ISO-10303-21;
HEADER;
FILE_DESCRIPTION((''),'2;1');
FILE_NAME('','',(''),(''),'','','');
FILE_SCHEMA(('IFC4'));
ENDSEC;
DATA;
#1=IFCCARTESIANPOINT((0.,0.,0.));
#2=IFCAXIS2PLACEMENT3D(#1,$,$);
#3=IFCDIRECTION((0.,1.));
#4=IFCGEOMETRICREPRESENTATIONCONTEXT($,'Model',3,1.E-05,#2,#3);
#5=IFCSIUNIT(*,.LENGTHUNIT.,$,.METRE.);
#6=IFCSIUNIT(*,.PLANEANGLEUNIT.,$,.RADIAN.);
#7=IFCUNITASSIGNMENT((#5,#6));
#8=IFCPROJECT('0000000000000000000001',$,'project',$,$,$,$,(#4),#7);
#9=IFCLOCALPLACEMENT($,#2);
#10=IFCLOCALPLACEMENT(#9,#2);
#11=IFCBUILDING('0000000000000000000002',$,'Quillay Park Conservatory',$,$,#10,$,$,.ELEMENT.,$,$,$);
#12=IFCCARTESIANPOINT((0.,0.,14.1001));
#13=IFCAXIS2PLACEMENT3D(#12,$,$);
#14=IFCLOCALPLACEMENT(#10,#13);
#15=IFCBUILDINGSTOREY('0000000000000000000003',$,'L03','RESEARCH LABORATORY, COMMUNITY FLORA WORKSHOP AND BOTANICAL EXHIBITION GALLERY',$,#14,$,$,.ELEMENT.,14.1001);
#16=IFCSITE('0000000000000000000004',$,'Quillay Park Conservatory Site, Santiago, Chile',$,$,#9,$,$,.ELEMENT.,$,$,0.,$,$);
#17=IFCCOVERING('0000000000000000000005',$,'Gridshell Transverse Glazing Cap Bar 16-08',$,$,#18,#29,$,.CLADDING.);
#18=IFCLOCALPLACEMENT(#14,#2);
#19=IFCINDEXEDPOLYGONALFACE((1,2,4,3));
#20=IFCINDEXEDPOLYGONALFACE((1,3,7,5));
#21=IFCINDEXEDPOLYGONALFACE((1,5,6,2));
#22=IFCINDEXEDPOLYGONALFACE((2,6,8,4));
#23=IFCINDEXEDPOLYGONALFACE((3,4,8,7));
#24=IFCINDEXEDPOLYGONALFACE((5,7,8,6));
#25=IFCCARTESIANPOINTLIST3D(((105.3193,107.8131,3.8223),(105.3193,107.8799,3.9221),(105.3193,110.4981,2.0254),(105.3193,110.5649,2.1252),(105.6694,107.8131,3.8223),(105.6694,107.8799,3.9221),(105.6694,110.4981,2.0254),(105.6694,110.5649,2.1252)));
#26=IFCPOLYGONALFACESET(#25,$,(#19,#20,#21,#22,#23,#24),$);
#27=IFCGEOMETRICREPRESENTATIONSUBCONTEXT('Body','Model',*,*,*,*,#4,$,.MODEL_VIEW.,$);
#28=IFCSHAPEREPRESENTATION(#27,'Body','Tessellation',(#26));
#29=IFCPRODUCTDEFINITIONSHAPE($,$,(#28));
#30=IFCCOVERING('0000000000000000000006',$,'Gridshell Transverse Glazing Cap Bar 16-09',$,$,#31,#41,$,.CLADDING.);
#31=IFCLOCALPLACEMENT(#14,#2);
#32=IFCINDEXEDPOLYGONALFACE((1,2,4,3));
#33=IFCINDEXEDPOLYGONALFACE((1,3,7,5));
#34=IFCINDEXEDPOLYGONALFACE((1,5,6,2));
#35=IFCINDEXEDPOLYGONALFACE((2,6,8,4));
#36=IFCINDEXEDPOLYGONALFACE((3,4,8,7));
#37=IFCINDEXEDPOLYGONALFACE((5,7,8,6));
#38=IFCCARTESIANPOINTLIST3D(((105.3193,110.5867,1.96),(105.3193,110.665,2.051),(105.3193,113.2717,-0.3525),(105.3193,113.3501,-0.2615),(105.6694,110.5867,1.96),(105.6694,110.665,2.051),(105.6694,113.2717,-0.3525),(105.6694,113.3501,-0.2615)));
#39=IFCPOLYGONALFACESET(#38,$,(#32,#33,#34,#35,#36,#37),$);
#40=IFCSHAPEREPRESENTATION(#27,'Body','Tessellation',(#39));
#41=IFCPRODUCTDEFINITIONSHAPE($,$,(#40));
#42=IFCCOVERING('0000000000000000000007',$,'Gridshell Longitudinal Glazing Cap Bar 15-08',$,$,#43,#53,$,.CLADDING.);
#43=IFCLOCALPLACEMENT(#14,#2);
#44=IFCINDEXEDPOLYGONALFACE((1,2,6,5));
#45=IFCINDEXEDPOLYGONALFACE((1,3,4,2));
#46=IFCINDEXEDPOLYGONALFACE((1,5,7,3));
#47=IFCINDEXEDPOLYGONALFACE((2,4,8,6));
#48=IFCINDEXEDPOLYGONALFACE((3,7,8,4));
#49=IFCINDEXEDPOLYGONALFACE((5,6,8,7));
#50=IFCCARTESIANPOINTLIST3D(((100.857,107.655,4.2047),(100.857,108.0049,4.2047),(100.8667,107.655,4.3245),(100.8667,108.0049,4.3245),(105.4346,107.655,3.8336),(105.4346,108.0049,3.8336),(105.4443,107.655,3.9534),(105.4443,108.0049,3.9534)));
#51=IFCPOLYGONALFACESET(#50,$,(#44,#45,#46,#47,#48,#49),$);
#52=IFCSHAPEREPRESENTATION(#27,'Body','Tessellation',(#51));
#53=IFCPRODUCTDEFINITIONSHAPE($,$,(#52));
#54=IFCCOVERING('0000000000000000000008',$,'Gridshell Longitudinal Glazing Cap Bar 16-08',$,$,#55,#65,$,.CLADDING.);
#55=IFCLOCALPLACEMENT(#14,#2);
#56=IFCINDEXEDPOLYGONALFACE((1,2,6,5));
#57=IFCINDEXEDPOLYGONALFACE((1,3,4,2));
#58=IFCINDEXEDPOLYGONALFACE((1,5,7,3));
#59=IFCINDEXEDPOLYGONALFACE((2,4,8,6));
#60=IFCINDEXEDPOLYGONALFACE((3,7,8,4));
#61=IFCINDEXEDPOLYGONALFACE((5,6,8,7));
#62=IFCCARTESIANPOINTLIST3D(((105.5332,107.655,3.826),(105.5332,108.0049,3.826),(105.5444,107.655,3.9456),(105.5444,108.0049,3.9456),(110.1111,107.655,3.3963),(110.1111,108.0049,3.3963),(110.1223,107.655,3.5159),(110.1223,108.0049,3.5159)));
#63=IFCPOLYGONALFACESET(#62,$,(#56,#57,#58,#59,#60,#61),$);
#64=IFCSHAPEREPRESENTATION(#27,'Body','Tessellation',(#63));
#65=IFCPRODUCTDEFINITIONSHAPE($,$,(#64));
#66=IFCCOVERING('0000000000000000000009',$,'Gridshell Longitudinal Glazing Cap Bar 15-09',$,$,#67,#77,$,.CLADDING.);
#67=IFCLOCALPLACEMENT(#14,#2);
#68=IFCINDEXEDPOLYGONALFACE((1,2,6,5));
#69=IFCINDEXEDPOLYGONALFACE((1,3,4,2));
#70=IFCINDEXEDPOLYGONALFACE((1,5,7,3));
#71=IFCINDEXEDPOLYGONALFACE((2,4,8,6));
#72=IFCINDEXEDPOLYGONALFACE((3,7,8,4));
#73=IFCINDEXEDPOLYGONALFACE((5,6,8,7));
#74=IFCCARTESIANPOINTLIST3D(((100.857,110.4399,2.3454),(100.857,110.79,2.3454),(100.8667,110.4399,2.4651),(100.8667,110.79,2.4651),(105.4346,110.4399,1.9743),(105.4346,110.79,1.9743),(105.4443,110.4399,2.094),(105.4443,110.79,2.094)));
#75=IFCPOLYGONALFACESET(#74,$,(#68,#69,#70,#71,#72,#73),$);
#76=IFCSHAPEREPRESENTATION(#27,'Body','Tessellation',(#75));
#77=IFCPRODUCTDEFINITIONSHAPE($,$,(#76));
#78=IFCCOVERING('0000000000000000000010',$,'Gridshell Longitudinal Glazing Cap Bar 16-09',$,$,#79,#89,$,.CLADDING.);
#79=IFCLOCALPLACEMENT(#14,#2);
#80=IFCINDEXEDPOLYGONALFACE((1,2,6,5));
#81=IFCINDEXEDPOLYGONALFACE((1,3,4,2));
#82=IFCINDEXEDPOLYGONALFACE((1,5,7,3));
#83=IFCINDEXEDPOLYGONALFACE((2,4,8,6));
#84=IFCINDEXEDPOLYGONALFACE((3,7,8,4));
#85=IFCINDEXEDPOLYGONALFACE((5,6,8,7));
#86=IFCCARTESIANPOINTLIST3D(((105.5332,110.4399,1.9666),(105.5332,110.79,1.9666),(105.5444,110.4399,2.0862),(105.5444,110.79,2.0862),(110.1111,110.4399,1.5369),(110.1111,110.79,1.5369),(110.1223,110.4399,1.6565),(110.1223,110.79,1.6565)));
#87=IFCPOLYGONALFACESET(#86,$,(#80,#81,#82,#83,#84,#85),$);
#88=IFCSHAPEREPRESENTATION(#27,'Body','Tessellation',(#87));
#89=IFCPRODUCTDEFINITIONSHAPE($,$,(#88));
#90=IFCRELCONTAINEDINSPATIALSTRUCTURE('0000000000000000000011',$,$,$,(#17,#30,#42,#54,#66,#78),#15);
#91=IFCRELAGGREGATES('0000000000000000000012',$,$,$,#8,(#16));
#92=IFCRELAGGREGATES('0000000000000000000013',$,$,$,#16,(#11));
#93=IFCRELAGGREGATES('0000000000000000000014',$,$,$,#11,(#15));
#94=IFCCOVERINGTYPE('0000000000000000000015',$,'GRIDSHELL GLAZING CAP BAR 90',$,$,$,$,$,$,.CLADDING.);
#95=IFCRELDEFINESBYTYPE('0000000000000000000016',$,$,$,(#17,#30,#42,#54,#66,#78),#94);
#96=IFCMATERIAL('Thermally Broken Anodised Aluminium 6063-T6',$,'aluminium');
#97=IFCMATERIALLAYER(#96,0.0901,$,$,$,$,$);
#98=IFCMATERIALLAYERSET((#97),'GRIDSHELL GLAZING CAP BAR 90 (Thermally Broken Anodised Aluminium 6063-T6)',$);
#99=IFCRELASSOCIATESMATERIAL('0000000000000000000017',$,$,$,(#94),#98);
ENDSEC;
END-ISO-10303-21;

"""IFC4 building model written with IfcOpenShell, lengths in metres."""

from ifc_helpers import new_model, si_unit, direction, frame, origin, place, context, subcontext, project, spatial, polyline, outline, extrude, material, layer, layer_set, type_object, element, save


model = new_model("IFC4")

# Units and contexts
model_context = context("Model", 3, precision=1e-05, world=origin(), true_north=direction((0.0, 1.0)))
body_context = subcontext(model_context, "Body", "Model", "MODEL_VIEW")
ifc_project = project(units=[si_unit("LENGTHUNIT", "METRE"), si_unit("PLANEANGLEUNIT", "RADIAN")], contexts=[model_context])

# Site, building, storey
site_placement = place(None, origin())
site = spatial("IfcSite", under=ifc_project, at=site_placement, Name="Quillay Park Conservatory Site, Santiago, Chile", CompositionType="ELEMENT", RefElevation=0.0)
building_placement = place(site_placement, origin())
building = spatial("IfcBuilding", under=site, at=building_placement, Name="Quillay Park Conservatory", CompositionType="ELEMENT")
storey_placement = place(building_placement, frame((0.0, 0.0, 14.1001)))
storey = spatial("IfcBuildingStorey", under=building, at=storey_placement, Name="L03", Description="RESEARCH LABORATORY, COMMUNITY FLORA WORKSHOP AND BOTANICAL EXHIBITION GALLERY", CompositionType="ELEMENT", Elevation=14.1001)

# Coverings
ifc_material_1 = material(Name="Thermally Broken Anodised Aluminium 6063-T6", Category="aluminium")
ifc_layer_1 = layer(ifc_material_1, 0.0901)
ifc_layer_set_1 = layer_set([ifc_layer_1], Name="GRIDSHELL GLAZING CAP BAR 90 (Thermally Broken Anodised Aluminium 6063-T6)")
covering_type = type_object("IfcCoveringType", Name="GRIDSHELL GLAZING CAP BAR 90", PredefinedType="CLADDING", material=ifc_layer_set_1)
covering_1_placement = place(storey_placement, frame((105.3193, 107.8799, 3.9221), z_axis=(0.0, 0.556164, 0.831072), x_axis=(1.0, 0.0, 0.0)))
element("IfcCovering", 1, at=covering_1_placement, inside=storey, type_object=covering_type, Name="Gridshell Transverse Glazing Cap Bar 16-08", PredefinedType="CLADDING", context=body_context, shape_type="SweptSolid", body=[
    extrude(outline(polyline([(0.0, 0.0), (0.3501, 0.0), (0.3501, 3.2308), (0.0, 3.2308), (0.0, 0.0)])), origin(), (0.0, 0.0, -1.0), 0.1201),
])
covering_2_placement = place(storey_placement, frame((105.3193, 110.665, 2.051), z_axis=(0.0, 0.652582, 0.757718), x_axis=(1.0, 0.0, 0.0)))
element("IfcCovering", 2, at=covering_2_placement, inside=storey, type_object=covering_type, Name="Gridshell Transverse Glazing Cap Bar 16-09", PredefinedType="CLADDING", context=body_context, shape_type="SweptSolid", body=[
    extrude(outline(polyline([(0.0, 0.0), (0.3501, 0.0), (0.3501, 3.5436), (0.0, 3.5436), (0.0, 0.0)])), origin(), (0.0, 0.0, -1.0), 0.1201),
])
covering_3_placement = place(storey_placement, frame((100.8667, 107.655, 4.3245), z_axis=(0.080802, 0.0, 0.99673), x_axis=(0.99673, 0.0, -0.080802)))
element("IfcCovering", 3, at=covering_3_placement, inside=storey, type_object=covering_type, Name="Gridshell Longitudinal Glazing Cap Bar 15-08", PredefinedType="CLADDING", context=body_context, shape_type="SweptSolid", body=[
    extrude(outline(polyline([(0.0, 0.0), (4.5927, 0.0), (4.5927, 0.3499), (0.0, 0.3499), (0.0, 0.0)])), origin(), (0.0, 0.0, -1.0), 0.1201),
])
covering_4_placement = place(storey_placement, frame((105.5444, 107.655, 3.9456), z_axis=(0.093451, 0.0, 0.995624), x_axis=(0.995624, 0.0, -0.093451)))
element("IfcCovering", 4, at=covering_4_placement, inside=storey, type_object=covering_type, Name="Gridshell Longitudinal Glazing Cap Bar 16-08", PredefinedType="CLADDING", context=body_context, shape_type="SweptSolid", body=[
    extrude(outline(polyline([(0.0, 0.0), (4.598, 0.0), (4.598, 0.3499), (0.0, 0.3499), (0.0, 0.0)])), origin(), (0.0, 0.0, -1.0), 0.1201),
])
covering_5_placement = place(storey_placement, frame((100.8667, 110.4399, 2.4651), z_axis=(0.080802, 0.0, 0.99673), x_axis=(0.99673, 0.0, -0.080802)))
element("IfcCovering", 5, at=covering_5_placement, inside=storey, type_object=covering_type, Name="Gridshell Longitudinal Glazing Cap Bar 15-09", PredefinedType="CLADDING", context=body_context, shape_type="SweptSolid", body=[
    extrude(outline(polyline([(0.0, 0.0), (4.5927, 0.0), (4.5927, 0.3501), (0.0, 0.3501), (0.0, 0.0)])), origin(), (0.0, 0.0, -1.0), 0.1201),
])
covering_6_placement = place(storey_placement, frame((105.5444, 110.4399, 2.0862), z_axis=(0.093451, 0.0, 0.995624), x_axis=(0.995624, 0.0, -0.093451)))
element("IfcCovering", 6, at=covering_6_placement, inside=storey, type_object=covering_type, Name="Gridshell Longitudinal Glazing Cap Bar 16-09", PredefinedType="CLADDING", context=body_context, shape_type="SweptSolid", body=[
    extrude(outline(polyline([(0.0, 0.0), (4.598, 0.0), (4.598, 0.3501), (0.0, 0.3501), (0.0, 0.0)])), origin(), (0.0, 0.0, -1.0), 0.1201),
])

save(model, "model.ifc")
